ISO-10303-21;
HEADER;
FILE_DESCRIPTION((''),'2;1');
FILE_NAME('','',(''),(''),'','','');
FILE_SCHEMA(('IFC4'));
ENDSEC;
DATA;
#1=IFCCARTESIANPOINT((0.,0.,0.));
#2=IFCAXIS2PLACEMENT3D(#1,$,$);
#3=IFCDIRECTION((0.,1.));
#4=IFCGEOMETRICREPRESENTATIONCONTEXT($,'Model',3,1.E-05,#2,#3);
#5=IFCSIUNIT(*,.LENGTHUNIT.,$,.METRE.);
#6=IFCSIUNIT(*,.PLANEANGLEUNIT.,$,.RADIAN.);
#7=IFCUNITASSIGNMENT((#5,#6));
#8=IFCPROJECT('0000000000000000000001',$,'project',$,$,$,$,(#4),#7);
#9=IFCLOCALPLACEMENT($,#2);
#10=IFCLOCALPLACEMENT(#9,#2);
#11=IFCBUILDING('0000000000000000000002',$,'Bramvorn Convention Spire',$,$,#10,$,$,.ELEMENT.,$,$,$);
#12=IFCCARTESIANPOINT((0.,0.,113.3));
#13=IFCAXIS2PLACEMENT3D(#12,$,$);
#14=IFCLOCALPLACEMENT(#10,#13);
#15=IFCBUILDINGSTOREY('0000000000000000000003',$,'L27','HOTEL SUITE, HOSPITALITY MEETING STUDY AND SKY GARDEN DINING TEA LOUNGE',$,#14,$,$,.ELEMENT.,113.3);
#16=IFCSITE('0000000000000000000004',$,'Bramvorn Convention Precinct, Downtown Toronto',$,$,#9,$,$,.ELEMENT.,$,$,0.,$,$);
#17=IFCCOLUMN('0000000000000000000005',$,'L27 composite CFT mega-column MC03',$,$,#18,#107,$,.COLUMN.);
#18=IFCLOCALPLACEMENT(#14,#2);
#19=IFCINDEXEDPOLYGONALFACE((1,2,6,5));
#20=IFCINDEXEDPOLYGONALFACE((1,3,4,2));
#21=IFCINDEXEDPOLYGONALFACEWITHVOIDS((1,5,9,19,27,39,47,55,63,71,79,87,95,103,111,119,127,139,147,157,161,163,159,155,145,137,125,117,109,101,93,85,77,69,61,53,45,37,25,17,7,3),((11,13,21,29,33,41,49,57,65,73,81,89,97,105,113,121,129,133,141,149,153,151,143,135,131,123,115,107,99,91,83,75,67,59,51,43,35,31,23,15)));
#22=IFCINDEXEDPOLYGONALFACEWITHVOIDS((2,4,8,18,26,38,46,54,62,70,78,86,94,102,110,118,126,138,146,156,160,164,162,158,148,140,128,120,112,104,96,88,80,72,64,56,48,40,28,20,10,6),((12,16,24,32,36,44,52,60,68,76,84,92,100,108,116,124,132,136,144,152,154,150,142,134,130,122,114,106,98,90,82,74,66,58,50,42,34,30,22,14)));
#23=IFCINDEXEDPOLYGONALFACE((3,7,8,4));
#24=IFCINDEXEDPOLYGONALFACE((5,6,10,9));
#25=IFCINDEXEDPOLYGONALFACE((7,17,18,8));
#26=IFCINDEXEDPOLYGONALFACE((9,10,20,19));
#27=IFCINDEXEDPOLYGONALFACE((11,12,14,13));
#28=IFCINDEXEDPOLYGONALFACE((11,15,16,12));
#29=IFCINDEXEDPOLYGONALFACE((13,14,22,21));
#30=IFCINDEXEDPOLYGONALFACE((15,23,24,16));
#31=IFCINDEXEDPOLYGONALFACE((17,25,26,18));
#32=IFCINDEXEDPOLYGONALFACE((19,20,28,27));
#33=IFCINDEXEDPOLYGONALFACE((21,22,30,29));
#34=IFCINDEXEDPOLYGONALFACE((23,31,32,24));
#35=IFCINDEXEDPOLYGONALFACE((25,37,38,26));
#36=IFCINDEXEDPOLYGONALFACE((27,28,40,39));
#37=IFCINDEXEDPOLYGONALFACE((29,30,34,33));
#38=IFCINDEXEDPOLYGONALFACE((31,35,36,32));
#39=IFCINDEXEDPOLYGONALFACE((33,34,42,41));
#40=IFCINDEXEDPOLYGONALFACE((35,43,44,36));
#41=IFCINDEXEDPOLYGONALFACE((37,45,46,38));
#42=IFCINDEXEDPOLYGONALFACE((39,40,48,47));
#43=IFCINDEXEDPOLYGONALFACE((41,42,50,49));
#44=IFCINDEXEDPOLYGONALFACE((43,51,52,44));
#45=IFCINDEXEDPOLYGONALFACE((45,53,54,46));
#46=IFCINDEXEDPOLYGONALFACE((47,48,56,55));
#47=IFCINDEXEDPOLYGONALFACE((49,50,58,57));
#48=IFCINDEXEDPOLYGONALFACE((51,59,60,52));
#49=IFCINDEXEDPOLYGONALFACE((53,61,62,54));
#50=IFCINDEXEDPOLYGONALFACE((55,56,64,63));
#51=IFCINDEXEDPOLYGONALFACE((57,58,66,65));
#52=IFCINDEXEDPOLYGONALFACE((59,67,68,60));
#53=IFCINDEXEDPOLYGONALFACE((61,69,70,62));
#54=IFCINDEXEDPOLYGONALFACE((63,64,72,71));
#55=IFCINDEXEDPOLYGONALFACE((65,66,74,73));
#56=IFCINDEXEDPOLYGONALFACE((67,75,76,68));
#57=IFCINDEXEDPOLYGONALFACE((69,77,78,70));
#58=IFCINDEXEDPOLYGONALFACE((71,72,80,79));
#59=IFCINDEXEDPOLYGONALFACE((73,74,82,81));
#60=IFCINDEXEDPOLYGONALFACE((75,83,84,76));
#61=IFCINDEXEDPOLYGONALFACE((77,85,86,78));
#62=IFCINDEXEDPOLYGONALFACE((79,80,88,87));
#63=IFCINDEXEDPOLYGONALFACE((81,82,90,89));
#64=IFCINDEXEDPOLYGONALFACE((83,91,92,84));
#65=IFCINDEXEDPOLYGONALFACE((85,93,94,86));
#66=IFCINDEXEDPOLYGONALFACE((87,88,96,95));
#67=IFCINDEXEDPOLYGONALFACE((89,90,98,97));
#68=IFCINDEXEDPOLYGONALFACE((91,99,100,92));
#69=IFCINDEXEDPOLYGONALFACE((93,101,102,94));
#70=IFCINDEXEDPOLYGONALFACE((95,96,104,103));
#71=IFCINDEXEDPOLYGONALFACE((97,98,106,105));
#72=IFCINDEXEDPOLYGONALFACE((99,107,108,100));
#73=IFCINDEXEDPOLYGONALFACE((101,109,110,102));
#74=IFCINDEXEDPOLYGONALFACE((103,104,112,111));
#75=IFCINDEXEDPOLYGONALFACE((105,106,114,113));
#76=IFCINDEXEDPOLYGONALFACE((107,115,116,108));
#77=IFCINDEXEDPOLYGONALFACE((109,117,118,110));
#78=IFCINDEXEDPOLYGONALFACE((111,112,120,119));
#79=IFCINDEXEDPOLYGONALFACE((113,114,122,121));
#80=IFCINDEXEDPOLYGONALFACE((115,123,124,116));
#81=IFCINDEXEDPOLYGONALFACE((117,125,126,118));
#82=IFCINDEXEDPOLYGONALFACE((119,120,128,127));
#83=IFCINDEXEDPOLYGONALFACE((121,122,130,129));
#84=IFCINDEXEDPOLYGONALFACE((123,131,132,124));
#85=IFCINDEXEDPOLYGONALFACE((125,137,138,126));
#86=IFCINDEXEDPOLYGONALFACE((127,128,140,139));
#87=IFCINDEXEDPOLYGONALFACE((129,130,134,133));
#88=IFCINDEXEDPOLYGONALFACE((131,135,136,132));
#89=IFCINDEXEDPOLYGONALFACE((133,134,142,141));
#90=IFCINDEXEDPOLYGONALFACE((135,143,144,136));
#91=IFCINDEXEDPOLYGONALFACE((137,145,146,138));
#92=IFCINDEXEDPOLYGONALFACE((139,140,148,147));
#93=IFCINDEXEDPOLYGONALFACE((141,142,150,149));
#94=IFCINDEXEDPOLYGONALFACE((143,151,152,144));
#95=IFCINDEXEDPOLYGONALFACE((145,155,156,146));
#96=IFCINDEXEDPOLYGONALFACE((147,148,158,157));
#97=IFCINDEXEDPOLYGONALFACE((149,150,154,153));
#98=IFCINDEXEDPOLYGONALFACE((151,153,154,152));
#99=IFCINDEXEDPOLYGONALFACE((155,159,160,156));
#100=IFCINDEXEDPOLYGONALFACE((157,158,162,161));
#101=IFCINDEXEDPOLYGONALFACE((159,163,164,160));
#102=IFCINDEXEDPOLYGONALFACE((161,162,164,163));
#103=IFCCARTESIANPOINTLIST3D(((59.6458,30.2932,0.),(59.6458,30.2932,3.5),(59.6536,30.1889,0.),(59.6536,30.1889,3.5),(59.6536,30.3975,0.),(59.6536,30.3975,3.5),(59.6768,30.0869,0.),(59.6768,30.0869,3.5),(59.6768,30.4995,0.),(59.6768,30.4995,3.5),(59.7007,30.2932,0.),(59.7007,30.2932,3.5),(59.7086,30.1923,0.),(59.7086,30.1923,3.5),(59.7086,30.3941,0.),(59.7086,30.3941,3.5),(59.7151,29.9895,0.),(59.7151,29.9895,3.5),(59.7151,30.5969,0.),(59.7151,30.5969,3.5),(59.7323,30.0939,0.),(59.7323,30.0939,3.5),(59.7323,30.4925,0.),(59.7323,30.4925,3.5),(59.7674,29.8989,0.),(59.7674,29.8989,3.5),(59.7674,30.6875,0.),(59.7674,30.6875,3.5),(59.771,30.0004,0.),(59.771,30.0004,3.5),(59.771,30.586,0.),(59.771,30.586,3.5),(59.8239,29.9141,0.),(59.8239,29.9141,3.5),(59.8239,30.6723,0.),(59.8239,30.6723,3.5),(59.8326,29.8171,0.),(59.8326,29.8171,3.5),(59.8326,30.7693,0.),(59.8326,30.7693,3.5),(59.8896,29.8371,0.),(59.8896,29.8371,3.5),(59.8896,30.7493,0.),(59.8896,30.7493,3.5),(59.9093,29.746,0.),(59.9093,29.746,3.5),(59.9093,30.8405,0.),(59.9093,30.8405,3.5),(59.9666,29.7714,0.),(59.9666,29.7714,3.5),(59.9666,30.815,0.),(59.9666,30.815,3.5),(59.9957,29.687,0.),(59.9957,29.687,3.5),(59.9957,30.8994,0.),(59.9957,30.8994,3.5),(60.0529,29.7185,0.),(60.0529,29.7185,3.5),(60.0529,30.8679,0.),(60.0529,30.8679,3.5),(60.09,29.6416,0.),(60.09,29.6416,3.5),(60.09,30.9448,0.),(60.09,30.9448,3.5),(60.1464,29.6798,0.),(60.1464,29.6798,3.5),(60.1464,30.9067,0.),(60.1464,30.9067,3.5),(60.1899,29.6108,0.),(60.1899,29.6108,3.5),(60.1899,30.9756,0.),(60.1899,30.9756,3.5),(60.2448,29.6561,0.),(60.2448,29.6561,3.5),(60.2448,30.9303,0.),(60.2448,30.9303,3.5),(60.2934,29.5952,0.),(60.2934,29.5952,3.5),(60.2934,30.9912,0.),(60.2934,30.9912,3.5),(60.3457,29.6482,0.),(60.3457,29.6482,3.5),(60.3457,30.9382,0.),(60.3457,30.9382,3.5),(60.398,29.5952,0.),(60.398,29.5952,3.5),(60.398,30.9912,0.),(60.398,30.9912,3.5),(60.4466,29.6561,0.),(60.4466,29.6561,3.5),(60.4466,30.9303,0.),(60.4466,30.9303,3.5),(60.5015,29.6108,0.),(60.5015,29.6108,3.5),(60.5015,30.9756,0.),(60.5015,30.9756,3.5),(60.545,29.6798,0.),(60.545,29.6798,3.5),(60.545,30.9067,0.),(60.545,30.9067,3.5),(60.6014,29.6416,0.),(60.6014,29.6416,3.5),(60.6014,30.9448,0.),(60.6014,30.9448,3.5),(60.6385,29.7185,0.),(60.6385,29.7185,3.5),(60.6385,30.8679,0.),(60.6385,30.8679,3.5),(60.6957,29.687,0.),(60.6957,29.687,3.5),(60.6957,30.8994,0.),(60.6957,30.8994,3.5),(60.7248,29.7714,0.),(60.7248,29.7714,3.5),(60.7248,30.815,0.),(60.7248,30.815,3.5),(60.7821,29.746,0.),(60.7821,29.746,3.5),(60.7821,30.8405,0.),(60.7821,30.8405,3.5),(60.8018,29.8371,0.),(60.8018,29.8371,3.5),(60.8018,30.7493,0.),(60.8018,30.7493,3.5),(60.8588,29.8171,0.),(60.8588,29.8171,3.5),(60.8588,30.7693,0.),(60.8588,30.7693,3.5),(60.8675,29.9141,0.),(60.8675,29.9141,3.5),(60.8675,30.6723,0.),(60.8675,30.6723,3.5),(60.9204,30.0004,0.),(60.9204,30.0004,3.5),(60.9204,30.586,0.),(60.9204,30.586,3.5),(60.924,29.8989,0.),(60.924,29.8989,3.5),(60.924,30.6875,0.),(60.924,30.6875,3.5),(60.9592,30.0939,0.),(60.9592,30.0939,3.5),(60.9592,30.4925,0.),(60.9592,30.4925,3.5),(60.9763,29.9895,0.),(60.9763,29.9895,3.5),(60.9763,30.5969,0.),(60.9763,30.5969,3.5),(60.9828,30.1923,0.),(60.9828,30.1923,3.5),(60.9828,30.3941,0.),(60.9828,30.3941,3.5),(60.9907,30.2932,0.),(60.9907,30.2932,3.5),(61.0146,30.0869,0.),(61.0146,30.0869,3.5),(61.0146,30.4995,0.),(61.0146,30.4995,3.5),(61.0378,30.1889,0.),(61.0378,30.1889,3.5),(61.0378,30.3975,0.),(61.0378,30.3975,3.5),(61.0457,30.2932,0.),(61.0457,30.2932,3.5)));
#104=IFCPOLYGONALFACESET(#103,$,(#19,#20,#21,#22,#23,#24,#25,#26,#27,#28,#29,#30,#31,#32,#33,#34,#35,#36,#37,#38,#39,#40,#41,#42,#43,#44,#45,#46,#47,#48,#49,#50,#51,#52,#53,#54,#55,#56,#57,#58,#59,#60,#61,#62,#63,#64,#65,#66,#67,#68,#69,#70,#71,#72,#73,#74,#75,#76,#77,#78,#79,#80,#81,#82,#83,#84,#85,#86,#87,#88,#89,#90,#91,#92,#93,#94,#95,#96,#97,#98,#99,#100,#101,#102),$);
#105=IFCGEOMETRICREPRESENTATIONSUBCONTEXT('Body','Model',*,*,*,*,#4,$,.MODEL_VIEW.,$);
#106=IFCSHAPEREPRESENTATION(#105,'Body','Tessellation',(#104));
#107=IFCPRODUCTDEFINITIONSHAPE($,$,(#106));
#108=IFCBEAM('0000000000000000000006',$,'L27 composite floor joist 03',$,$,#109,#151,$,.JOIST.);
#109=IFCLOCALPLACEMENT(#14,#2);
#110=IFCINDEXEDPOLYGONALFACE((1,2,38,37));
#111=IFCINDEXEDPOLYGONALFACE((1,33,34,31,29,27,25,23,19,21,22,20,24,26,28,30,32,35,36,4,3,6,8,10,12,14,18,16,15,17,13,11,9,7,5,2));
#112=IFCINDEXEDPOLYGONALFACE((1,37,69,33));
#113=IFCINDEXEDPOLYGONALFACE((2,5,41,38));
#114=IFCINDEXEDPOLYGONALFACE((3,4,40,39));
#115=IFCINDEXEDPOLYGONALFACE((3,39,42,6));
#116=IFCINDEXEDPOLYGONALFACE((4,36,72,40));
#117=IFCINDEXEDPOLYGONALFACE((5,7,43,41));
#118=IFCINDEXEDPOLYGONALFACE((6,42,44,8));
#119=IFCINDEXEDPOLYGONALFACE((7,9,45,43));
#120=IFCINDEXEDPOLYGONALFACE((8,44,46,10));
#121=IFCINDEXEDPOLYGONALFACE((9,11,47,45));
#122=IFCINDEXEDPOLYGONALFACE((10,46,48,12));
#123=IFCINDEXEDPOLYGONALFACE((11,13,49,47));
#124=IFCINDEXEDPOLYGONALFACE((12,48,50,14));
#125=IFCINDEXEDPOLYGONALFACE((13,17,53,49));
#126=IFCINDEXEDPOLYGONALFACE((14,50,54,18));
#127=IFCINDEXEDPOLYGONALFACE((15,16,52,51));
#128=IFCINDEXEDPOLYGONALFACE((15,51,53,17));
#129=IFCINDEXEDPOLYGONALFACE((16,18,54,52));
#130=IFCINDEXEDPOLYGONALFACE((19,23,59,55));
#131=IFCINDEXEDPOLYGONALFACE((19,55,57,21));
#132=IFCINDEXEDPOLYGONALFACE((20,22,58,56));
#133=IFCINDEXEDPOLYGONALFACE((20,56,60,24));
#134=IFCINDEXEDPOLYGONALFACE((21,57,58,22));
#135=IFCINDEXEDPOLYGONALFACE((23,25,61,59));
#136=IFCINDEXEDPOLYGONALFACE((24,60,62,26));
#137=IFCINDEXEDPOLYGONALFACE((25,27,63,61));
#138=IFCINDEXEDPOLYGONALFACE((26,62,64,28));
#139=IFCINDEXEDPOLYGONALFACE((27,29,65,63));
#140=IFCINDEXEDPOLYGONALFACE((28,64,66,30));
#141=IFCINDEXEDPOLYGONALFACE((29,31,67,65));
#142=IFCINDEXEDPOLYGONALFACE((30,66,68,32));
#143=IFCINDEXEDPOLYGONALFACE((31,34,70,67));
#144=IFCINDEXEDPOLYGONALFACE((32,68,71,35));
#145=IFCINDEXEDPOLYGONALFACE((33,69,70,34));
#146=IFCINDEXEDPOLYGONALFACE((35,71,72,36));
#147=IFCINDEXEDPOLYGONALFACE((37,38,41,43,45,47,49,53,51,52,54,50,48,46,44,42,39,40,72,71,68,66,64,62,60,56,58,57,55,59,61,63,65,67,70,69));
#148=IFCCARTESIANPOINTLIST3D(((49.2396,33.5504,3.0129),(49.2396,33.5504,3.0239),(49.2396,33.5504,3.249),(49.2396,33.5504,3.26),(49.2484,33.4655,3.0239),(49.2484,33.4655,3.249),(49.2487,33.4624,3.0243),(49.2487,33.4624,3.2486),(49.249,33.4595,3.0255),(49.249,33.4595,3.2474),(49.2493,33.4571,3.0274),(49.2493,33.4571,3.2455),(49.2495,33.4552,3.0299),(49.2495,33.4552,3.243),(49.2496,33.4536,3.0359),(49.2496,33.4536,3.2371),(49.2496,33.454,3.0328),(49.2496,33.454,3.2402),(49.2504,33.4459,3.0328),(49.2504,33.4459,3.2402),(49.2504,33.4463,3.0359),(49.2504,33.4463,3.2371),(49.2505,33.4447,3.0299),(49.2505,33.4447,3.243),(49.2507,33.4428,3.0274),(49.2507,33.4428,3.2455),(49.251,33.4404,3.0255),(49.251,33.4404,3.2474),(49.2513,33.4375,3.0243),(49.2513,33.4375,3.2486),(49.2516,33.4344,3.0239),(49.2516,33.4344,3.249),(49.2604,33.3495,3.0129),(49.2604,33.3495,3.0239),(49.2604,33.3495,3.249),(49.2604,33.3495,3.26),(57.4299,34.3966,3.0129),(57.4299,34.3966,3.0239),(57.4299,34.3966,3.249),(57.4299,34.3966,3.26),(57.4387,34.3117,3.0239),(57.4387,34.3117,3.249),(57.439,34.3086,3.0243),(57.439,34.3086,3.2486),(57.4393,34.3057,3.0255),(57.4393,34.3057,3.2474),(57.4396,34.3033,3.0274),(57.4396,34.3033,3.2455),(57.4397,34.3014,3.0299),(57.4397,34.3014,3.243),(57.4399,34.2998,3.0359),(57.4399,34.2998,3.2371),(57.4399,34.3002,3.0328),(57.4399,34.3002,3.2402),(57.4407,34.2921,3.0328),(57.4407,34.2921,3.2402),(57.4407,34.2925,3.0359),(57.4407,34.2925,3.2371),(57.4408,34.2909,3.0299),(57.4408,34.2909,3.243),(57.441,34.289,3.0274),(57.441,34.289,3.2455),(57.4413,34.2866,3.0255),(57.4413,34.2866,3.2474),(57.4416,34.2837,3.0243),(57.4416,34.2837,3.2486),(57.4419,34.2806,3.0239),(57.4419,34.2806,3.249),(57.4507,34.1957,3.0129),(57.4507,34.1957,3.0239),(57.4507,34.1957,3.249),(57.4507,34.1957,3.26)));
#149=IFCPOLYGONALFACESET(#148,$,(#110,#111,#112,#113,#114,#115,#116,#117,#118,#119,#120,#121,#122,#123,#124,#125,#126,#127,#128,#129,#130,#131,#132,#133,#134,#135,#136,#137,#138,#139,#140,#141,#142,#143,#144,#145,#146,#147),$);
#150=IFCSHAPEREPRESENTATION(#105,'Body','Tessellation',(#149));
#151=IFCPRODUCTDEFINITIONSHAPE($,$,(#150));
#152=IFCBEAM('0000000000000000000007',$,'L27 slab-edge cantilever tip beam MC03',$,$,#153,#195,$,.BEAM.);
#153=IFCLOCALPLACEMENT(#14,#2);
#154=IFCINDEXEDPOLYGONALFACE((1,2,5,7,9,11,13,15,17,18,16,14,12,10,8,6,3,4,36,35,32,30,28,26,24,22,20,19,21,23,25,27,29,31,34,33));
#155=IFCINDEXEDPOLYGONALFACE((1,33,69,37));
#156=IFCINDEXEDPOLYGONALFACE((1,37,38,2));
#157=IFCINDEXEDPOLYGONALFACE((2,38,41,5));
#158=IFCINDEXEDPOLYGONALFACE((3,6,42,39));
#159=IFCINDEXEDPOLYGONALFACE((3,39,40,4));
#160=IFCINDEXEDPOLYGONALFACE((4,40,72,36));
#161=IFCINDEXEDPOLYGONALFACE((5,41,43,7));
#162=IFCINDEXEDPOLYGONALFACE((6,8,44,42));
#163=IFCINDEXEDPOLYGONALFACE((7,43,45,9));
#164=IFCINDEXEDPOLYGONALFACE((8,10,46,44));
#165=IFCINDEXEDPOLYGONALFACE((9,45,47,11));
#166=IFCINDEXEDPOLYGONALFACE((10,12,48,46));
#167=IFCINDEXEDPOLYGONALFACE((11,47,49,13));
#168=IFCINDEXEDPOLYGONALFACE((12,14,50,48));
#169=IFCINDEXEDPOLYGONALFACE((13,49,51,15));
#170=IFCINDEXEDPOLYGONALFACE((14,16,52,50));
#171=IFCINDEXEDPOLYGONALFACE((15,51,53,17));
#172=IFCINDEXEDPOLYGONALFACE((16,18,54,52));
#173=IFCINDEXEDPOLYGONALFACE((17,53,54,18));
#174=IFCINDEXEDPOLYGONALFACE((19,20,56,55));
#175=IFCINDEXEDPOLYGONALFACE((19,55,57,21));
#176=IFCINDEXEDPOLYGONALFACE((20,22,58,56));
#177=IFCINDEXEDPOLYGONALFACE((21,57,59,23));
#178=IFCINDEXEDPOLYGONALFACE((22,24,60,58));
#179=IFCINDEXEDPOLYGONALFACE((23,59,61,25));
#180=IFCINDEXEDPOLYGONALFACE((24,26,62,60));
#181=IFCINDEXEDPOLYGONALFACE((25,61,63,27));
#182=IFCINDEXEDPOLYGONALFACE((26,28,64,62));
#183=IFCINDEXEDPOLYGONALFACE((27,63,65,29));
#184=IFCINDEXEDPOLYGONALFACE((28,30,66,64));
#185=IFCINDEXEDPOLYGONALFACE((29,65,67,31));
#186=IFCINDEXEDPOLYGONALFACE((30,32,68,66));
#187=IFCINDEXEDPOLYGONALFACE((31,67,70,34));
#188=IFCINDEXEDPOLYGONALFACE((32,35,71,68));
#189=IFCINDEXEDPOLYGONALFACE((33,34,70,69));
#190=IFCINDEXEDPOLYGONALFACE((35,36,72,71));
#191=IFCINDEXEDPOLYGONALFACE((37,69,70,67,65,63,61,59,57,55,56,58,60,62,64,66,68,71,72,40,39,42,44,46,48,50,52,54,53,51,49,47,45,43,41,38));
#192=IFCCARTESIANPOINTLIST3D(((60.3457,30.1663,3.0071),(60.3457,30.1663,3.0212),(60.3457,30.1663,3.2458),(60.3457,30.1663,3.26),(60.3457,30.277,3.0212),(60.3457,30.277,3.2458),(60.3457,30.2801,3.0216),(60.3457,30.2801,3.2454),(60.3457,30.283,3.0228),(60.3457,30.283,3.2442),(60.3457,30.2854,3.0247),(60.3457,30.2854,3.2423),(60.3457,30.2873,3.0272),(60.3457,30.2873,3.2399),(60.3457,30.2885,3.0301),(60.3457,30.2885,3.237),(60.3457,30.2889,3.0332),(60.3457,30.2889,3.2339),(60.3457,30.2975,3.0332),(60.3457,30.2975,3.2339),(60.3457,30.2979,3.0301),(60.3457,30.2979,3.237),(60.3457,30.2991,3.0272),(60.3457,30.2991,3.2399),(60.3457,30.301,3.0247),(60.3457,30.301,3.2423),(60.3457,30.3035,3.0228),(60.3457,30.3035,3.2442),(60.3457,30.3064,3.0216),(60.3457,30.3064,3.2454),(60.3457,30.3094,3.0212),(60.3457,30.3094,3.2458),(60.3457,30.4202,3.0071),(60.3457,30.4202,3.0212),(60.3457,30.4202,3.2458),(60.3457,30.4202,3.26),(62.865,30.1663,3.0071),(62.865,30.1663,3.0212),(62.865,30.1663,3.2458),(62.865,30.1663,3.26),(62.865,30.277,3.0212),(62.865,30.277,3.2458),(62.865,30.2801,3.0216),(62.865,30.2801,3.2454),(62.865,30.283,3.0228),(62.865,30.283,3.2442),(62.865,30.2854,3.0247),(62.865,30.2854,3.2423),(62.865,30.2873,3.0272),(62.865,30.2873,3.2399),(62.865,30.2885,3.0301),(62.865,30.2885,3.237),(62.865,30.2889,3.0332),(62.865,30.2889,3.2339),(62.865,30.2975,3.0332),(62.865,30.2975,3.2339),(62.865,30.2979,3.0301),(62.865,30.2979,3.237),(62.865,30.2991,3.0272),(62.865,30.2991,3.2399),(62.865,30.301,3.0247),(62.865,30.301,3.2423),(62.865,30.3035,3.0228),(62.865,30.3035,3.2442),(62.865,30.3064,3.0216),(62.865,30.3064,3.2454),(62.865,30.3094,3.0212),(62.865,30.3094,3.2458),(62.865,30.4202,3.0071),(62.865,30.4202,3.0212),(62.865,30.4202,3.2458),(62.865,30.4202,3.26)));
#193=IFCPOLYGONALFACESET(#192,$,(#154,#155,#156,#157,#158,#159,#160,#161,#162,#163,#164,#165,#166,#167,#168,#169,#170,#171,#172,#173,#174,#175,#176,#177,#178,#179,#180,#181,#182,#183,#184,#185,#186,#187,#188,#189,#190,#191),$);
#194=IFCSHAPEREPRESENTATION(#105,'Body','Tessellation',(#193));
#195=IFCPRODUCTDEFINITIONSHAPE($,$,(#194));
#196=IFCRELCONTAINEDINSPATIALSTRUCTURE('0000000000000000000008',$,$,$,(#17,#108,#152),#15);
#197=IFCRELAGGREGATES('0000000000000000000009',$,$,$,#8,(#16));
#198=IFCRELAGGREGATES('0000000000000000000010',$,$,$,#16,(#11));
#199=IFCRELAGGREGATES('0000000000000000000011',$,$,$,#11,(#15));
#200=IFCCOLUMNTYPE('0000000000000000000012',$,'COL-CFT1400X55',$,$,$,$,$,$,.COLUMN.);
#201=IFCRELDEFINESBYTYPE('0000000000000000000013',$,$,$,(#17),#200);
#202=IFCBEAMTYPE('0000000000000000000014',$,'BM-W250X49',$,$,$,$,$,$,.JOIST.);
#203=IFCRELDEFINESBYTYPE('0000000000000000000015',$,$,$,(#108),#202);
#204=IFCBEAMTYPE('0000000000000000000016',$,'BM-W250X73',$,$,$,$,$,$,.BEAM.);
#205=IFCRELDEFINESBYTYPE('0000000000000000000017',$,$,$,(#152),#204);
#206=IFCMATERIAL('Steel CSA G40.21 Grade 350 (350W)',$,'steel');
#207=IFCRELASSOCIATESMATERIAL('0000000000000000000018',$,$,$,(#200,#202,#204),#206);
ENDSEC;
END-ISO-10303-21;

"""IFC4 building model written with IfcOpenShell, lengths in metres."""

from ifc_helpers import new_model, si_unit, direction, frame, origin, origin_2d, place, context, subcontext, project, spatial, hollow_circle, i_section, extrude, material, material_profile, profile_set, type_object, element, save


model = new_model("IFC4")

# Units and contexts
model_context = context("Model", 3, precision=1e-05, world=origin(), true_north=direction((0.0, 1.0)))
body_context = subcontext(model_context, "Body", "Model", "MODEL_VIEW")
ifc_project = project(units=[si_unit("LENGTHUNIT", "METRE"), si_unit("PLANEANGLEUNIT", "RADIAN")], contexts=[model_context])

# Site, building, storey
site_placement = place(None, origin())
site = spatial("IfcSite", under=ifc_project, at=site_placement, Name="Bramvorn Convention Precinct, Downtown Toronto", CompositionType="ELEMENT", RefElevation=0.0)
building_placement = place(site_placement, origin())
building = spatial("IfcBuilding", under=site, at=building_placement, Name="Bramvorn Convention Spire", CompositionType="ELEMENT")
storey_placement = place(building_placement, frame((0.0, 0.0, 113.3)))
storey = spatial("IfcBuildingStorey", under=building, at=storey_placement, Name="L27", Description="HOTEL SUITE, HOSPITALITY MEETING STUDY AND SKY GARDEN DINING TEA LOUNGE", CompositionType="ELEMENT", Elevation=113.3)

# Column
ifc_material_1 = material(Name="Steel CSA G40.21 Grade 350 (350W)", Category="steel")
ifc_material_profile_1 = material_profile(ifc_material_1, hollow_circle(Radius=0.7, WallThickness=0.0549, at=origin_2d()))
ifc_profile_set_1 = profile_set([ifc_material_profile_1], Name="Steel CSA G40.21 Grade 350 (350W) - CFT1400X55")
column_type = type_object("IfcColumnType", Name="COL-CFT1400X55", PredefinedType="COLUMN", material=ifc_profile_set_1)
column_placement = place(storey_placement, frame((60.3457, 30.2932, 0.0), z_axis=(0.0, 0.0, 1.0), x_axis=(1.0, 0.0, 0.0)))
element("IfcColumn", 1, at=column_placement, inside=storey, type_object=column_type, Name="L27 composite CFT mega-column MC03", PredefinedType="COLUMN", context=body_context, shape_type="SweptSolid", body=[
    extrude(hollow_circle(Radius=0.7, WallThickness=0.0549, at=origin_2d()), origin(), (0.0, 0.0, 1.0), 3.5),
])

# Beams
ifc_material_profile_2 = material_profile(ifc_material_1, i_section(OverallWidth=0.2019, OverallDepth=0.2471, WebThickness=0.0073, FlangeThickness=0.011, FilletRadius=0.012, at=origin_2d()))
ifc_profile_set_2 = profile_set([ifc_material_profile_2], Name="Steel CSA G40.21 Grade 350 (350W) - W250X49")
beam_type_1 = type_object("IfcBeamType", Name="BM-W250X49", PredefinedType="JOIST", material=ifc_profile_set_2)
beam_1_placement = place(storey_placement, frame((49.25, 33.45, 3.1365), z_axis=(0.994705, 0.102771, 0.0), x_axis=(-0.102771, 0.994705, 0.0)))
element("IfcBeam", 2, at=beam_1_placement, inside=storey, type_object=beam_type_1, Name="L27 composite floor joist 03", PredefinedType="JOIST", context=body_context, shape_type="SweptSolid", body=[
    extrude(i_section(OverallWidth=0.2019, OverallDepth=0.2471, WebThickness=0.0073, FlangeThickness=0.011, FilletRadius=0.012, at=origin_2d()), origin(), (0.0, 0.0, 1.0), 8.2339),
])
ifc_material_profile_3 = material_profile(ifc_material_1, i_section(OverallWidth=0.2539, OverallDepth=0.2529, WebThickness=0.0085, FlangeThickness=0.0142, FilletRadius=0.012, at=origin_2d()))
ifc_profile_set_3 = profile_set([ifc_material_profile_3], Name="Steel CSA G40.21 Grade 350 (350W) - W250X73")
beam_type_2 = type_object("IfcBeamType", Name="BM-W250X73", PredefinedType="BEAM", material=ifc_profile_set_3)
beam_2_placement = place(storey_placement, frame((60.3457, 30.2932, 3.1335), z_axis=(1.0, 0.0, 0.0), x_axis=(0.0, 1.0, 0.0)))
element("IfcBeam", 3, at=beam_2_placement, inside=storey, type_object=beam_type_2, Name="L27 slab-edge cantilever tip beam MC03", PredefinedType="BEAM", context=body_context, shape_type="SweptSolid", body=[
    extrude(i_section(OverallWidth=0.2539, OverallDepth=0.2529, WebThickness=0.0085, FlangeThickness=0.0142, FilletRadius=0.012, at=origin_2d()), origin(), (0.0, 0.0, 1.0), 2.5193),
])

save(model, "model.ifc")
